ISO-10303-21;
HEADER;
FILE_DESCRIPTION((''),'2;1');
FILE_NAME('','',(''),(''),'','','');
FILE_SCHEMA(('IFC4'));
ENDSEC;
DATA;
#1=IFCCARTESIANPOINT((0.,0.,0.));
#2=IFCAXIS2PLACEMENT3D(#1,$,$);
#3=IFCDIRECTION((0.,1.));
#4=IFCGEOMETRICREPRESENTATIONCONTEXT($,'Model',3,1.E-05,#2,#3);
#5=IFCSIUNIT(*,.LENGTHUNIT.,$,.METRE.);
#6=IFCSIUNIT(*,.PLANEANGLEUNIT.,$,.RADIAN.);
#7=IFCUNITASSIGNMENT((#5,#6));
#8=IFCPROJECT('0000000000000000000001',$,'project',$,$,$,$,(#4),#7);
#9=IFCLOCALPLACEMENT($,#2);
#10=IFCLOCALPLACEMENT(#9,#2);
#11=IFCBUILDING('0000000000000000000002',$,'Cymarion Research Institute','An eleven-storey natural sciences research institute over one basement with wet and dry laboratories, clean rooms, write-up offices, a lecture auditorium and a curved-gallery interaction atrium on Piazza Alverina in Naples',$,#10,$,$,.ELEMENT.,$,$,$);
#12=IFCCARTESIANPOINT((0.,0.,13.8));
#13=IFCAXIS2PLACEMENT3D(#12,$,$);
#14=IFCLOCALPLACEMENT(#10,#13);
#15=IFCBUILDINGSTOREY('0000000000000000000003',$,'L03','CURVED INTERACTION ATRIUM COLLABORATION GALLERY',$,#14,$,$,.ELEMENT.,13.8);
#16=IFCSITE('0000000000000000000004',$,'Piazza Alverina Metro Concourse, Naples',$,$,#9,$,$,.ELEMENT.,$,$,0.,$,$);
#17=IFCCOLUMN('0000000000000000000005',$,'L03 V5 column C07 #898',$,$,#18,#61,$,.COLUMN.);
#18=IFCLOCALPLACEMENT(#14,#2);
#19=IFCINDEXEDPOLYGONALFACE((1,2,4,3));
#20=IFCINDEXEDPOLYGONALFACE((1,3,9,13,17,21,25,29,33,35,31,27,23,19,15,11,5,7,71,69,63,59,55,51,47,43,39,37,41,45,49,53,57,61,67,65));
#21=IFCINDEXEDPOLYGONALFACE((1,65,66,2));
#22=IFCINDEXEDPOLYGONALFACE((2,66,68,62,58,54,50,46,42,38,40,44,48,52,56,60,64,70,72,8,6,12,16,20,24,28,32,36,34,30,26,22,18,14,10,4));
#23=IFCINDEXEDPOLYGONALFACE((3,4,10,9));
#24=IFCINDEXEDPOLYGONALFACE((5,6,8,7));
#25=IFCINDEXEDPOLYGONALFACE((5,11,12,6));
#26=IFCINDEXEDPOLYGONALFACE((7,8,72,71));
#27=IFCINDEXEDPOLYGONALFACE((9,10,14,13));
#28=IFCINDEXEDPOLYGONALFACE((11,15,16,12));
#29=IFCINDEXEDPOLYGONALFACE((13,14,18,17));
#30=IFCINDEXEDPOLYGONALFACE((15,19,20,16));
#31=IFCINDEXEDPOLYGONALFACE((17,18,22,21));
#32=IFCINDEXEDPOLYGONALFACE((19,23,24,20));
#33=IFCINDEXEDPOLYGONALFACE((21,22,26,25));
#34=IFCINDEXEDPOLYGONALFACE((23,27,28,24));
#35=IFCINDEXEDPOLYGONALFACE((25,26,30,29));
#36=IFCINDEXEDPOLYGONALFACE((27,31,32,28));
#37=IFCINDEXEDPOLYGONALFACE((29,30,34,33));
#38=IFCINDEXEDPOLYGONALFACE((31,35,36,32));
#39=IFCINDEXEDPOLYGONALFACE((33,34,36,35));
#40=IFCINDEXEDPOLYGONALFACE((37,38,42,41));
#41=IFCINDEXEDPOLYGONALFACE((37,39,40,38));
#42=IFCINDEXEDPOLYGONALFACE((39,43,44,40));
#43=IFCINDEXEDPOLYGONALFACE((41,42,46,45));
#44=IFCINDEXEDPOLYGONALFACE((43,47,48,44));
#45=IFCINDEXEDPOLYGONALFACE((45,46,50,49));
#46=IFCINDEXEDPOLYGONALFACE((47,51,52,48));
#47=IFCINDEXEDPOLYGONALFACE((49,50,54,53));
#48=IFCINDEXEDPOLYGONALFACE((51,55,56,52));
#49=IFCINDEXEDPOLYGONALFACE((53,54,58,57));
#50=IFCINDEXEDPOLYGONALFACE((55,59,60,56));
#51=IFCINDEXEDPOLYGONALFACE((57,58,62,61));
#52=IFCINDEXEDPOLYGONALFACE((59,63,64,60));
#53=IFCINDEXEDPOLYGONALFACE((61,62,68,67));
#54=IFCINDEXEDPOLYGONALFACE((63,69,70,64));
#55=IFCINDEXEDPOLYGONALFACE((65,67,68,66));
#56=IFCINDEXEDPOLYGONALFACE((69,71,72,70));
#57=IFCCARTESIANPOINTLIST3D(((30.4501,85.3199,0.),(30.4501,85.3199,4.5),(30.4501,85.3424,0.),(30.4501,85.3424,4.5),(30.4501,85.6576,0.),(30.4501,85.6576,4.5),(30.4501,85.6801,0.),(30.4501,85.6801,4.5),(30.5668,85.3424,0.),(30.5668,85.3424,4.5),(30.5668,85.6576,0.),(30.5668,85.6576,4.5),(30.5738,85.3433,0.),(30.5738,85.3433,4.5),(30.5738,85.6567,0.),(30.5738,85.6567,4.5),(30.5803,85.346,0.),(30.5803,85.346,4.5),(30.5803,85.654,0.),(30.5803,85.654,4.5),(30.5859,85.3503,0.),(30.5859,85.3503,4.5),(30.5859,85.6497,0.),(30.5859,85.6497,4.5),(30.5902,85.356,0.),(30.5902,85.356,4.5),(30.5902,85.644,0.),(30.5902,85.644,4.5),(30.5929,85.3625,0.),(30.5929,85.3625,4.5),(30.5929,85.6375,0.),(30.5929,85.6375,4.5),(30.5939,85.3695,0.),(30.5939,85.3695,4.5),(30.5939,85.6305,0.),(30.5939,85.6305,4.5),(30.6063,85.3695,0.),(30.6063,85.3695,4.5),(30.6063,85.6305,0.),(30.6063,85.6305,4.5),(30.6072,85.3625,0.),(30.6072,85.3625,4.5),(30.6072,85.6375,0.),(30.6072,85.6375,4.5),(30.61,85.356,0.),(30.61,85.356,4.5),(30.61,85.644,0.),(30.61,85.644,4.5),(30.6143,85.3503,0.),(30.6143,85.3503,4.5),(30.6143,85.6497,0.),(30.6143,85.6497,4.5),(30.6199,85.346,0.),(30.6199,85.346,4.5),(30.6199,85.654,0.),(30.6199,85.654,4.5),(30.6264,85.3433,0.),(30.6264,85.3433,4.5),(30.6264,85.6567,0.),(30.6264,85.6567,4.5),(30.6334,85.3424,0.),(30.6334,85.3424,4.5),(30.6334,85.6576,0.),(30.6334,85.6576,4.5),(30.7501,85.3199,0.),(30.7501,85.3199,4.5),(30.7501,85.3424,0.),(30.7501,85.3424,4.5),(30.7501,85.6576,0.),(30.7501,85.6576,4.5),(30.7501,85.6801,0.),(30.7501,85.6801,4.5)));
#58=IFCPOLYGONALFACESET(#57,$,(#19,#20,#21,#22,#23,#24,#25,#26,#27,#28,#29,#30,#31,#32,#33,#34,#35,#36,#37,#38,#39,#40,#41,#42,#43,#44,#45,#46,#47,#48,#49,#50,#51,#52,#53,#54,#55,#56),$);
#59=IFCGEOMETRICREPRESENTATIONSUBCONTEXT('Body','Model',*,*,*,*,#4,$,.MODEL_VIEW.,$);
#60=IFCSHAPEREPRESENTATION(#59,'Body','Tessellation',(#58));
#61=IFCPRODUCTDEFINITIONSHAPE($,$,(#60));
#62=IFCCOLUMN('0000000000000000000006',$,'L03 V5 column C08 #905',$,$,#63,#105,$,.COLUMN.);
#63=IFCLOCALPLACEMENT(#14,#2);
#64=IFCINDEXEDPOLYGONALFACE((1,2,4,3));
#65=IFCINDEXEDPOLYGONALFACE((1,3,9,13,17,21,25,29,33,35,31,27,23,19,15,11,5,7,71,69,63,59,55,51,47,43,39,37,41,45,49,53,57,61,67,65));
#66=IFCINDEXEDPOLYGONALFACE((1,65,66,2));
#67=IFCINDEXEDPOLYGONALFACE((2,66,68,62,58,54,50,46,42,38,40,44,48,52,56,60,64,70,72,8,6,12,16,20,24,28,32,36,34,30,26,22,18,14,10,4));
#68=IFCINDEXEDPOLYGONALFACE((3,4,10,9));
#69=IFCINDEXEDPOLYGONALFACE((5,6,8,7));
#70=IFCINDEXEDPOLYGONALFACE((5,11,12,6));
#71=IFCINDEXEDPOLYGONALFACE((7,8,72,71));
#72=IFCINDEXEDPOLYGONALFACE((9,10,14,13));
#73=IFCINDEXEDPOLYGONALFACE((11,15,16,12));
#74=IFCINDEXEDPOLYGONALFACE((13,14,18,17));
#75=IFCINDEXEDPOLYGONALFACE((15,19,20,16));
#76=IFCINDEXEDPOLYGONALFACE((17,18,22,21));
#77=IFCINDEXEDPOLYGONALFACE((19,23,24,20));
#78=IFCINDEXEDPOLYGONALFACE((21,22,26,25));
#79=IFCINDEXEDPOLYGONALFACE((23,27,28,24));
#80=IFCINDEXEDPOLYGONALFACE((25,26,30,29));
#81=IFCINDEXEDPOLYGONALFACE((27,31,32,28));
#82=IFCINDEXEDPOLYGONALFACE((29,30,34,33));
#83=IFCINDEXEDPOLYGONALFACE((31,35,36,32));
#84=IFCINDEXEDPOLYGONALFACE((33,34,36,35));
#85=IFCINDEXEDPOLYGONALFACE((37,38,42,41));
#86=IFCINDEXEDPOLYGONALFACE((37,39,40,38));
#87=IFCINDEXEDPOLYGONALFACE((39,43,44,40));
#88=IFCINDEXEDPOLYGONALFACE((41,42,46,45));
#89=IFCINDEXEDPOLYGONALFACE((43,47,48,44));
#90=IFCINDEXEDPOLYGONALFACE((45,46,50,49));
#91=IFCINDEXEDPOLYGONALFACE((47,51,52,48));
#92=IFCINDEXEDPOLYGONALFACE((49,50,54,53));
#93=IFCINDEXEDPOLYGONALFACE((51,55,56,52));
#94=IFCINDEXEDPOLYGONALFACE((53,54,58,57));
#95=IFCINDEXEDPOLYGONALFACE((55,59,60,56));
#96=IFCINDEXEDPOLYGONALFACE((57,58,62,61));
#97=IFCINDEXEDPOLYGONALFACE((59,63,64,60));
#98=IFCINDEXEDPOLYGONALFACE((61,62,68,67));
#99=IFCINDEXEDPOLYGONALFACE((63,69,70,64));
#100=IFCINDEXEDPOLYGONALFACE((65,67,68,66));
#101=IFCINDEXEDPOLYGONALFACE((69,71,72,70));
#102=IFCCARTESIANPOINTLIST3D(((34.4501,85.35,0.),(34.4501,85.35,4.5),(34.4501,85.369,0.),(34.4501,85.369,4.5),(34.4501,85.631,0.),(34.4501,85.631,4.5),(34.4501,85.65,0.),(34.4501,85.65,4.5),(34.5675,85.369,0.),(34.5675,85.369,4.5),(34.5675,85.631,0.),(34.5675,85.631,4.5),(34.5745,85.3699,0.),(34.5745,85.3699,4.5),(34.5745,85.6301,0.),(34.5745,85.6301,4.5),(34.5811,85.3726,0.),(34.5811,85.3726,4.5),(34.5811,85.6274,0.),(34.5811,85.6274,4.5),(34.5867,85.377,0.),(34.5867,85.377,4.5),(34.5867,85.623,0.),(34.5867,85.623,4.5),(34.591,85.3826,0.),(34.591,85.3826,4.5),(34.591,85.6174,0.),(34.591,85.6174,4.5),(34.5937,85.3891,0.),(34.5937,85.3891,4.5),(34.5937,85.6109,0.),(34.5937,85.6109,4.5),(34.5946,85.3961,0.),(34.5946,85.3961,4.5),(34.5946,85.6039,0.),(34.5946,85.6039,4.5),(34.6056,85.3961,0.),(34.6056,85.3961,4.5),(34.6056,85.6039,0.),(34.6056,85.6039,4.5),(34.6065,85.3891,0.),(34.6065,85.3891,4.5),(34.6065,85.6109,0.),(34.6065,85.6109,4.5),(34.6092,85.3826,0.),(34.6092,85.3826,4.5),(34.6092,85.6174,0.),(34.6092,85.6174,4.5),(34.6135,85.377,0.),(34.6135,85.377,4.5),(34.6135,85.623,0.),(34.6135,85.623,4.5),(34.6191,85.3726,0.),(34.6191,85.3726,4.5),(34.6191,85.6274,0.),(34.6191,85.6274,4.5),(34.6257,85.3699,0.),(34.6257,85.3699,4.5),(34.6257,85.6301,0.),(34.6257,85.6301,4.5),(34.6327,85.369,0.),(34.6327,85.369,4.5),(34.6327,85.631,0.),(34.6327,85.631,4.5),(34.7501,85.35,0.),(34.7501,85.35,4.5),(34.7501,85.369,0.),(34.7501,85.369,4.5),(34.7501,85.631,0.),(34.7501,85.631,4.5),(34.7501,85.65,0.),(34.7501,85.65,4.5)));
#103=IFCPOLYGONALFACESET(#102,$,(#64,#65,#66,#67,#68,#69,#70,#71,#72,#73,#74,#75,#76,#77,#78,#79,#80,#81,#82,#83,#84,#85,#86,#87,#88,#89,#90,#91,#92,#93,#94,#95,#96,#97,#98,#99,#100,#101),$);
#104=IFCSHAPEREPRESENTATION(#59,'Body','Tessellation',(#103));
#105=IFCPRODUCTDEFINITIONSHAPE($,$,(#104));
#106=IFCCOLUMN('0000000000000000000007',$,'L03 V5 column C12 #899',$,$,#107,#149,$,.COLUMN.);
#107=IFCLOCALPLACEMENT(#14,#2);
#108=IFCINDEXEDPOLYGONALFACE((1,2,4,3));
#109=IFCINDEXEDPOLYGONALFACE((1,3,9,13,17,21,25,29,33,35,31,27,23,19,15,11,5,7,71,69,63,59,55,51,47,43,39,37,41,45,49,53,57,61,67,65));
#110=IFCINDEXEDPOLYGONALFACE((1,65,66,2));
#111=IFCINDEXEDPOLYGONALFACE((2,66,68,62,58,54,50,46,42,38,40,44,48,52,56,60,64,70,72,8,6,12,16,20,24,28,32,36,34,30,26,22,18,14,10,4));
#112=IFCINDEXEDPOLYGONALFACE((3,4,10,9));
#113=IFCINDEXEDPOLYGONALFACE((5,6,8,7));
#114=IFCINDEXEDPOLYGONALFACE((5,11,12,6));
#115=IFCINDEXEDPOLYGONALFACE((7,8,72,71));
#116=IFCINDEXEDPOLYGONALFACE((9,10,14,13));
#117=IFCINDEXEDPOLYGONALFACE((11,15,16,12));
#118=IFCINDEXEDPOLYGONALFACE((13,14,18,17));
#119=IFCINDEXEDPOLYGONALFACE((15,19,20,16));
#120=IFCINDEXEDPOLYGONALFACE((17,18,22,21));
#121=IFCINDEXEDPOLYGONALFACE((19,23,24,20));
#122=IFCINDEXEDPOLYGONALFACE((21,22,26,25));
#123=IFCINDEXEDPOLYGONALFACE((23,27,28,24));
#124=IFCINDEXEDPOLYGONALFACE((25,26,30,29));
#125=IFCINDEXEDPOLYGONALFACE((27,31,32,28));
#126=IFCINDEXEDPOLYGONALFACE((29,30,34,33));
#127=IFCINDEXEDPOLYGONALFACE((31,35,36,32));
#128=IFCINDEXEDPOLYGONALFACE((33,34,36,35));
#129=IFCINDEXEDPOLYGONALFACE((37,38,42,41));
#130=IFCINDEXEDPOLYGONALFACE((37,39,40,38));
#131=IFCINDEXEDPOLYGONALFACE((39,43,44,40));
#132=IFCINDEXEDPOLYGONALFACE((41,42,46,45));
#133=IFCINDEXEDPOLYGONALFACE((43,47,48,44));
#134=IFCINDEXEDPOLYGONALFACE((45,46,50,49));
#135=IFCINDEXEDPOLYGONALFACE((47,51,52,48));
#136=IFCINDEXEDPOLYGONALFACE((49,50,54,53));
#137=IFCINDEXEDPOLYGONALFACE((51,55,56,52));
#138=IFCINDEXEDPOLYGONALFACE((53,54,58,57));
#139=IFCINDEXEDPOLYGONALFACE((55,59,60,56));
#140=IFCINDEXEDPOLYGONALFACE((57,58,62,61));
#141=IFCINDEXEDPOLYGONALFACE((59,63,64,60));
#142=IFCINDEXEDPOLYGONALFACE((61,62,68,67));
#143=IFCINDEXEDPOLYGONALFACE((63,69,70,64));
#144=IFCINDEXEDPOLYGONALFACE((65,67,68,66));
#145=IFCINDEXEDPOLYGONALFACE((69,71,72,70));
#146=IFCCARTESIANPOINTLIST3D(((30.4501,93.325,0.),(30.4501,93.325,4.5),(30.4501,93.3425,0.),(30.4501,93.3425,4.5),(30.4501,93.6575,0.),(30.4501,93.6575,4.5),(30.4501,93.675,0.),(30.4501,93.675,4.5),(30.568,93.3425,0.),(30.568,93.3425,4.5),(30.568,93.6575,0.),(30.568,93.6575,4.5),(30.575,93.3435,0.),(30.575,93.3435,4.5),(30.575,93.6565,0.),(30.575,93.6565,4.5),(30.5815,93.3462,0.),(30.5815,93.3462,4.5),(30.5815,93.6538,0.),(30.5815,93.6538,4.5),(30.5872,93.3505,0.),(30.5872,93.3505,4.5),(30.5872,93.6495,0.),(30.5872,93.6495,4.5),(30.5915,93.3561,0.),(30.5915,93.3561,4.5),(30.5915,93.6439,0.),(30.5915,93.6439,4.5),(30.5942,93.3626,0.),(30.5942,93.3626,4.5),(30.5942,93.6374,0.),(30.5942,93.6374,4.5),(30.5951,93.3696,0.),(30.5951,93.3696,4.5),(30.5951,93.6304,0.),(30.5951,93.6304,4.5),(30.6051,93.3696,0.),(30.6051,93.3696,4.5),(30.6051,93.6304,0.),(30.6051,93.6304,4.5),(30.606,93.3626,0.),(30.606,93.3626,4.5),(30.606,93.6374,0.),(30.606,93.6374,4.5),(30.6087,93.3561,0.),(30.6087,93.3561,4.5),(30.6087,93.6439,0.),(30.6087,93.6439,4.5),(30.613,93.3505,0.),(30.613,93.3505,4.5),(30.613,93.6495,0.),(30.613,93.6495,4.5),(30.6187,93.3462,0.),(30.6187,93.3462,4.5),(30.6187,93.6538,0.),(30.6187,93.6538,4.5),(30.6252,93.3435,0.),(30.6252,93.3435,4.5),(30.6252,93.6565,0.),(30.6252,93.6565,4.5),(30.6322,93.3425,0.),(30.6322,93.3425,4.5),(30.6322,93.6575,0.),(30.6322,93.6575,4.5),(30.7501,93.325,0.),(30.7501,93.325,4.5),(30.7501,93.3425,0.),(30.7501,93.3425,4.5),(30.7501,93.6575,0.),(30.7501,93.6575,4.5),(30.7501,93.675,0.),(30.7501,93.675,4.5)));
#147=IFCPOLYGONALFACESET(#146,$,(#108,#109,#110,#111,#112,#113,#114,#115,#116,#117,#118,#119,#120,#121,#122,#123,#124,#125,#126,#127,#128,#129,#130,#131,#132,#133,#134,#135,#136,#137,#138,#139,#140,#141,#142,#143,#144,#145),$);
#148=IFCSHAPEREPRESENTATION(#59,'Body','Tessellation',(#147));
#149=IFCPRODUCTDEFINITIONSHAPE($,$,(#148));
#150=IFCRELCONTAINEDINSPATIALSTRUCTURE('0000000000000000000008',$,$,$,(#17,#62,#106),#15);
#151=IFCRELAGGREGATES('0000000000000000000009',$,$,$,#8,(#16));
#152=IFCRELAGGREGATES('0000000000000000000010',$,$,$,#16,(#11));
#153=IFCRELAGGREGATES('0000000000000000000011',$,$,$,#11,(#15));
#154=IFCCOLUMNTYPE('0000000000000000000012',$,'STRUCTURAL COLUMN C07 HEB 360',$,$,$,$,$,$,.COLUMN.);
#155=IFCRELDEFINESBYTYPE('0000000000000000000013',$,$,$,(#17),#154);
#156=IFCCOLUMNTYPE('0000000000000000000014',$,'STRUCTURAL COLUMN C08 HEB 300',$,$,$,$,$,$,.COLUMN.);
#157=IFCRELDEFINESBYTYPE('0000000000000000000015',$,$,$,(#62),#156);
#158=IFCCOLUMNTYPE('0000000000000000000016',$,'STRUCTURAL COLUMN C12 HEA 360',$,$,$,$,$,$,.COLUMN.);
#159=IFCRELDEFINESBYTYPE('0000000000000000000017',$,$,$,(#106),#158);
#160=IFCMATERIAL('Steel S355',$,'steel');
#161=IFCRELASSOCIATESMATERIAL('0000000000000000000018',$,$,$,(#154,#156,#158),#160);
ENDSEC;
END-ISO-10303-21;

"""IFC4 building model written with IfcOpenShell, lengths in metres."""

from ifc_helpers import new_model, si_unit, direction, frame, origin, origin_2d, place, context, subcontext, project, spatial, i_section, extrude, material, material_profile, profile_set, type_object, element, save


model = new_model("IFC4")

# Units and contexts
model_context = context("Model", 3, precision=1e-05, world=origin(), true_north=direction((0.0, 1.0)))
body_context = subcontext(model_context, "Body", "Model", "MODEL_VIEW")
ifc_project = project(units=[si_unit("LENGTHUNIT", "METRE"), si_unit("PLANEANGLEUNIT", "RADIAN")], contexts=[model_context])

# Site, building, storey
site_placement = place(None, origin())
site = spatial("IfcSite", under=ifc_project, at=site_placement, Name="Piazza Alverina Metro Concourse, Naples", CompositionType="ELEMENT", RefElevation=0.0)
building_placement = place(site_placement, origin())
building = spatial("IfcBuilding", under=site, at=building_placement, Name="Cymarion Research Institute", Description="An eleven-storey natural sciences research institute over one basement with wet and dry laboratories, clean rooms, write-up offices, a lecture auditorium and a curved-gallery interaction atrium on Piazza Alverina in Naples", CompositionType="ELEMENT")
storey_placement = place(building_placement, frame((0.0, 0.0, 13.8)))
storey = spatial("IfcBuildingStorey", under=building, at=storey_placement, Name="L03", Description="CURVED INTERACTION ATRIUM COLLABORATION GALLERY", CompositionType="ELEMENT", Elevation=13.8)

# Columns
ifc_material_1 = material(Name="Steel S355", Category="steel")
ifc_material_profile_1 = material_profile(ifc_material_1, i_section(OverallWidth=0.3, OverallDepth=0.3601, WebThickness=0.0125, FlangeThickness=0.0225, FilletRadius=0.0271, at=origin_2d()), Name="HEB 360")
ifc_profile_set_1 = profile_set([ifc_material_profile_1], Name="Steel S355")
column_type_1 = type_object("IfcColumnType", Name="STRUCTURAL COLUMN C07 HEB 360", PredefinedType="COLUMN", material=ifc_profile_set_1)
column_1_placement = place(storey_placement, frame((30.6001, 85.5, 0.0), z_axis=(0.0, 0.0, 1.0), x_axis=(1.0, 0.0, 0.0)))
element("IfcColumn", 1, at=column_1_placement, inside=storey, type_object=column_type_1, Name="L03 V5 column C07 #898", PredefinedType="COLUMN", context=body_context, shape_type="SweptSolid", body=[
    extrude(i_section(OverallWidth=0.3, OverallDepth=0.3601, WebThickness=0.0125, FlangeThickness=0.0225, FilletRadius=0.0271, at=origin_2d()), origin(), (0.0, 0.0, 1.0), 4.5),
])
ifc_material_profile_2 = material_profile(ifc_material_1, i_section(OverallWidth=0.3, OverallDepth=0.3, WebThickness=0.011, FlangeThickness=0.019, FilletRadius=0.0271, at=origin_2d()), Name="HEB 300")
ifc_profile_set_2 = profile_set([ifc_material_profile_2], Name="Steel S355")
column_type_2 = type_object("IfcColumnType", Name="STRUCTURAL COLUMN C08 HEB 300", PredefinedType="COLUMN", material=ifc_profile_set_2)
column_2_placement = place(storey_placement, frame((34.6001, 85.5, 0.0), z_axis=(0.0, 0.0, 1.0), x_axis=(1.0, 0.0, 0.0)))
element("IfcColumn", 2, at=column_2_placement, inside=storey, type_object=column_type_2, Name="L03 V5 column C08 #905", PredefinedType="COLUMN", context=body_context, shape_type="SweptSolid", body=[
    extrude(i_section(OverallWidth=0.3, OverallDepth=0.3, WebThickness=0.011, FlangeThickness=0.019, FilletRadius=0.0271, at=origin_2d()), origin(), (0.0, 0.0, 1.0), 4.5),
])
ifc_material_profile_3 = material_profile(ifc_material_1, i_section(OverallWidth=0.3, OverallDepth=0.3501, WebThickness=0.01, FlangeThickness=0.0176, FilletRadius=0.0271, at=origin_2d()), Name="HEA 360")
ifc_profile_set_3 = profile_set([ifc_material_profile_3], Name="Steel S355")
column_type_3 = type_object("IfcColumnType", Name="STRUCTURAL COLUMN C12 HEA 360", PredefinedType="COLUMN", material=ifc_profile_set_3)
column_3_placement = place(storey_placement, frame((30.6001, 93.5, 0.0), z_axis=(0.0, 0.0, 1.0), x_axis=(1.0, 0.0, 0.0)))
element("IfcColumn", 3, at=column_3_placement, inside=storey, type_object=column_type_3, Name="L03 V5 column C12 #899", PredefinedType="COLUMN", context=body_context, shape_type="SweptSolid", body=[
    extrude(i_section(OverallWidth=0.3, OverallDepth=0.3501, WebThickness=0.01, FlangeThickness=0.0176, FilletRadius=0.0271, at=origin_2d()), origin(), (0.0, 0.0, 1.0), 4.5),
])

save(model, "model.ifc")
